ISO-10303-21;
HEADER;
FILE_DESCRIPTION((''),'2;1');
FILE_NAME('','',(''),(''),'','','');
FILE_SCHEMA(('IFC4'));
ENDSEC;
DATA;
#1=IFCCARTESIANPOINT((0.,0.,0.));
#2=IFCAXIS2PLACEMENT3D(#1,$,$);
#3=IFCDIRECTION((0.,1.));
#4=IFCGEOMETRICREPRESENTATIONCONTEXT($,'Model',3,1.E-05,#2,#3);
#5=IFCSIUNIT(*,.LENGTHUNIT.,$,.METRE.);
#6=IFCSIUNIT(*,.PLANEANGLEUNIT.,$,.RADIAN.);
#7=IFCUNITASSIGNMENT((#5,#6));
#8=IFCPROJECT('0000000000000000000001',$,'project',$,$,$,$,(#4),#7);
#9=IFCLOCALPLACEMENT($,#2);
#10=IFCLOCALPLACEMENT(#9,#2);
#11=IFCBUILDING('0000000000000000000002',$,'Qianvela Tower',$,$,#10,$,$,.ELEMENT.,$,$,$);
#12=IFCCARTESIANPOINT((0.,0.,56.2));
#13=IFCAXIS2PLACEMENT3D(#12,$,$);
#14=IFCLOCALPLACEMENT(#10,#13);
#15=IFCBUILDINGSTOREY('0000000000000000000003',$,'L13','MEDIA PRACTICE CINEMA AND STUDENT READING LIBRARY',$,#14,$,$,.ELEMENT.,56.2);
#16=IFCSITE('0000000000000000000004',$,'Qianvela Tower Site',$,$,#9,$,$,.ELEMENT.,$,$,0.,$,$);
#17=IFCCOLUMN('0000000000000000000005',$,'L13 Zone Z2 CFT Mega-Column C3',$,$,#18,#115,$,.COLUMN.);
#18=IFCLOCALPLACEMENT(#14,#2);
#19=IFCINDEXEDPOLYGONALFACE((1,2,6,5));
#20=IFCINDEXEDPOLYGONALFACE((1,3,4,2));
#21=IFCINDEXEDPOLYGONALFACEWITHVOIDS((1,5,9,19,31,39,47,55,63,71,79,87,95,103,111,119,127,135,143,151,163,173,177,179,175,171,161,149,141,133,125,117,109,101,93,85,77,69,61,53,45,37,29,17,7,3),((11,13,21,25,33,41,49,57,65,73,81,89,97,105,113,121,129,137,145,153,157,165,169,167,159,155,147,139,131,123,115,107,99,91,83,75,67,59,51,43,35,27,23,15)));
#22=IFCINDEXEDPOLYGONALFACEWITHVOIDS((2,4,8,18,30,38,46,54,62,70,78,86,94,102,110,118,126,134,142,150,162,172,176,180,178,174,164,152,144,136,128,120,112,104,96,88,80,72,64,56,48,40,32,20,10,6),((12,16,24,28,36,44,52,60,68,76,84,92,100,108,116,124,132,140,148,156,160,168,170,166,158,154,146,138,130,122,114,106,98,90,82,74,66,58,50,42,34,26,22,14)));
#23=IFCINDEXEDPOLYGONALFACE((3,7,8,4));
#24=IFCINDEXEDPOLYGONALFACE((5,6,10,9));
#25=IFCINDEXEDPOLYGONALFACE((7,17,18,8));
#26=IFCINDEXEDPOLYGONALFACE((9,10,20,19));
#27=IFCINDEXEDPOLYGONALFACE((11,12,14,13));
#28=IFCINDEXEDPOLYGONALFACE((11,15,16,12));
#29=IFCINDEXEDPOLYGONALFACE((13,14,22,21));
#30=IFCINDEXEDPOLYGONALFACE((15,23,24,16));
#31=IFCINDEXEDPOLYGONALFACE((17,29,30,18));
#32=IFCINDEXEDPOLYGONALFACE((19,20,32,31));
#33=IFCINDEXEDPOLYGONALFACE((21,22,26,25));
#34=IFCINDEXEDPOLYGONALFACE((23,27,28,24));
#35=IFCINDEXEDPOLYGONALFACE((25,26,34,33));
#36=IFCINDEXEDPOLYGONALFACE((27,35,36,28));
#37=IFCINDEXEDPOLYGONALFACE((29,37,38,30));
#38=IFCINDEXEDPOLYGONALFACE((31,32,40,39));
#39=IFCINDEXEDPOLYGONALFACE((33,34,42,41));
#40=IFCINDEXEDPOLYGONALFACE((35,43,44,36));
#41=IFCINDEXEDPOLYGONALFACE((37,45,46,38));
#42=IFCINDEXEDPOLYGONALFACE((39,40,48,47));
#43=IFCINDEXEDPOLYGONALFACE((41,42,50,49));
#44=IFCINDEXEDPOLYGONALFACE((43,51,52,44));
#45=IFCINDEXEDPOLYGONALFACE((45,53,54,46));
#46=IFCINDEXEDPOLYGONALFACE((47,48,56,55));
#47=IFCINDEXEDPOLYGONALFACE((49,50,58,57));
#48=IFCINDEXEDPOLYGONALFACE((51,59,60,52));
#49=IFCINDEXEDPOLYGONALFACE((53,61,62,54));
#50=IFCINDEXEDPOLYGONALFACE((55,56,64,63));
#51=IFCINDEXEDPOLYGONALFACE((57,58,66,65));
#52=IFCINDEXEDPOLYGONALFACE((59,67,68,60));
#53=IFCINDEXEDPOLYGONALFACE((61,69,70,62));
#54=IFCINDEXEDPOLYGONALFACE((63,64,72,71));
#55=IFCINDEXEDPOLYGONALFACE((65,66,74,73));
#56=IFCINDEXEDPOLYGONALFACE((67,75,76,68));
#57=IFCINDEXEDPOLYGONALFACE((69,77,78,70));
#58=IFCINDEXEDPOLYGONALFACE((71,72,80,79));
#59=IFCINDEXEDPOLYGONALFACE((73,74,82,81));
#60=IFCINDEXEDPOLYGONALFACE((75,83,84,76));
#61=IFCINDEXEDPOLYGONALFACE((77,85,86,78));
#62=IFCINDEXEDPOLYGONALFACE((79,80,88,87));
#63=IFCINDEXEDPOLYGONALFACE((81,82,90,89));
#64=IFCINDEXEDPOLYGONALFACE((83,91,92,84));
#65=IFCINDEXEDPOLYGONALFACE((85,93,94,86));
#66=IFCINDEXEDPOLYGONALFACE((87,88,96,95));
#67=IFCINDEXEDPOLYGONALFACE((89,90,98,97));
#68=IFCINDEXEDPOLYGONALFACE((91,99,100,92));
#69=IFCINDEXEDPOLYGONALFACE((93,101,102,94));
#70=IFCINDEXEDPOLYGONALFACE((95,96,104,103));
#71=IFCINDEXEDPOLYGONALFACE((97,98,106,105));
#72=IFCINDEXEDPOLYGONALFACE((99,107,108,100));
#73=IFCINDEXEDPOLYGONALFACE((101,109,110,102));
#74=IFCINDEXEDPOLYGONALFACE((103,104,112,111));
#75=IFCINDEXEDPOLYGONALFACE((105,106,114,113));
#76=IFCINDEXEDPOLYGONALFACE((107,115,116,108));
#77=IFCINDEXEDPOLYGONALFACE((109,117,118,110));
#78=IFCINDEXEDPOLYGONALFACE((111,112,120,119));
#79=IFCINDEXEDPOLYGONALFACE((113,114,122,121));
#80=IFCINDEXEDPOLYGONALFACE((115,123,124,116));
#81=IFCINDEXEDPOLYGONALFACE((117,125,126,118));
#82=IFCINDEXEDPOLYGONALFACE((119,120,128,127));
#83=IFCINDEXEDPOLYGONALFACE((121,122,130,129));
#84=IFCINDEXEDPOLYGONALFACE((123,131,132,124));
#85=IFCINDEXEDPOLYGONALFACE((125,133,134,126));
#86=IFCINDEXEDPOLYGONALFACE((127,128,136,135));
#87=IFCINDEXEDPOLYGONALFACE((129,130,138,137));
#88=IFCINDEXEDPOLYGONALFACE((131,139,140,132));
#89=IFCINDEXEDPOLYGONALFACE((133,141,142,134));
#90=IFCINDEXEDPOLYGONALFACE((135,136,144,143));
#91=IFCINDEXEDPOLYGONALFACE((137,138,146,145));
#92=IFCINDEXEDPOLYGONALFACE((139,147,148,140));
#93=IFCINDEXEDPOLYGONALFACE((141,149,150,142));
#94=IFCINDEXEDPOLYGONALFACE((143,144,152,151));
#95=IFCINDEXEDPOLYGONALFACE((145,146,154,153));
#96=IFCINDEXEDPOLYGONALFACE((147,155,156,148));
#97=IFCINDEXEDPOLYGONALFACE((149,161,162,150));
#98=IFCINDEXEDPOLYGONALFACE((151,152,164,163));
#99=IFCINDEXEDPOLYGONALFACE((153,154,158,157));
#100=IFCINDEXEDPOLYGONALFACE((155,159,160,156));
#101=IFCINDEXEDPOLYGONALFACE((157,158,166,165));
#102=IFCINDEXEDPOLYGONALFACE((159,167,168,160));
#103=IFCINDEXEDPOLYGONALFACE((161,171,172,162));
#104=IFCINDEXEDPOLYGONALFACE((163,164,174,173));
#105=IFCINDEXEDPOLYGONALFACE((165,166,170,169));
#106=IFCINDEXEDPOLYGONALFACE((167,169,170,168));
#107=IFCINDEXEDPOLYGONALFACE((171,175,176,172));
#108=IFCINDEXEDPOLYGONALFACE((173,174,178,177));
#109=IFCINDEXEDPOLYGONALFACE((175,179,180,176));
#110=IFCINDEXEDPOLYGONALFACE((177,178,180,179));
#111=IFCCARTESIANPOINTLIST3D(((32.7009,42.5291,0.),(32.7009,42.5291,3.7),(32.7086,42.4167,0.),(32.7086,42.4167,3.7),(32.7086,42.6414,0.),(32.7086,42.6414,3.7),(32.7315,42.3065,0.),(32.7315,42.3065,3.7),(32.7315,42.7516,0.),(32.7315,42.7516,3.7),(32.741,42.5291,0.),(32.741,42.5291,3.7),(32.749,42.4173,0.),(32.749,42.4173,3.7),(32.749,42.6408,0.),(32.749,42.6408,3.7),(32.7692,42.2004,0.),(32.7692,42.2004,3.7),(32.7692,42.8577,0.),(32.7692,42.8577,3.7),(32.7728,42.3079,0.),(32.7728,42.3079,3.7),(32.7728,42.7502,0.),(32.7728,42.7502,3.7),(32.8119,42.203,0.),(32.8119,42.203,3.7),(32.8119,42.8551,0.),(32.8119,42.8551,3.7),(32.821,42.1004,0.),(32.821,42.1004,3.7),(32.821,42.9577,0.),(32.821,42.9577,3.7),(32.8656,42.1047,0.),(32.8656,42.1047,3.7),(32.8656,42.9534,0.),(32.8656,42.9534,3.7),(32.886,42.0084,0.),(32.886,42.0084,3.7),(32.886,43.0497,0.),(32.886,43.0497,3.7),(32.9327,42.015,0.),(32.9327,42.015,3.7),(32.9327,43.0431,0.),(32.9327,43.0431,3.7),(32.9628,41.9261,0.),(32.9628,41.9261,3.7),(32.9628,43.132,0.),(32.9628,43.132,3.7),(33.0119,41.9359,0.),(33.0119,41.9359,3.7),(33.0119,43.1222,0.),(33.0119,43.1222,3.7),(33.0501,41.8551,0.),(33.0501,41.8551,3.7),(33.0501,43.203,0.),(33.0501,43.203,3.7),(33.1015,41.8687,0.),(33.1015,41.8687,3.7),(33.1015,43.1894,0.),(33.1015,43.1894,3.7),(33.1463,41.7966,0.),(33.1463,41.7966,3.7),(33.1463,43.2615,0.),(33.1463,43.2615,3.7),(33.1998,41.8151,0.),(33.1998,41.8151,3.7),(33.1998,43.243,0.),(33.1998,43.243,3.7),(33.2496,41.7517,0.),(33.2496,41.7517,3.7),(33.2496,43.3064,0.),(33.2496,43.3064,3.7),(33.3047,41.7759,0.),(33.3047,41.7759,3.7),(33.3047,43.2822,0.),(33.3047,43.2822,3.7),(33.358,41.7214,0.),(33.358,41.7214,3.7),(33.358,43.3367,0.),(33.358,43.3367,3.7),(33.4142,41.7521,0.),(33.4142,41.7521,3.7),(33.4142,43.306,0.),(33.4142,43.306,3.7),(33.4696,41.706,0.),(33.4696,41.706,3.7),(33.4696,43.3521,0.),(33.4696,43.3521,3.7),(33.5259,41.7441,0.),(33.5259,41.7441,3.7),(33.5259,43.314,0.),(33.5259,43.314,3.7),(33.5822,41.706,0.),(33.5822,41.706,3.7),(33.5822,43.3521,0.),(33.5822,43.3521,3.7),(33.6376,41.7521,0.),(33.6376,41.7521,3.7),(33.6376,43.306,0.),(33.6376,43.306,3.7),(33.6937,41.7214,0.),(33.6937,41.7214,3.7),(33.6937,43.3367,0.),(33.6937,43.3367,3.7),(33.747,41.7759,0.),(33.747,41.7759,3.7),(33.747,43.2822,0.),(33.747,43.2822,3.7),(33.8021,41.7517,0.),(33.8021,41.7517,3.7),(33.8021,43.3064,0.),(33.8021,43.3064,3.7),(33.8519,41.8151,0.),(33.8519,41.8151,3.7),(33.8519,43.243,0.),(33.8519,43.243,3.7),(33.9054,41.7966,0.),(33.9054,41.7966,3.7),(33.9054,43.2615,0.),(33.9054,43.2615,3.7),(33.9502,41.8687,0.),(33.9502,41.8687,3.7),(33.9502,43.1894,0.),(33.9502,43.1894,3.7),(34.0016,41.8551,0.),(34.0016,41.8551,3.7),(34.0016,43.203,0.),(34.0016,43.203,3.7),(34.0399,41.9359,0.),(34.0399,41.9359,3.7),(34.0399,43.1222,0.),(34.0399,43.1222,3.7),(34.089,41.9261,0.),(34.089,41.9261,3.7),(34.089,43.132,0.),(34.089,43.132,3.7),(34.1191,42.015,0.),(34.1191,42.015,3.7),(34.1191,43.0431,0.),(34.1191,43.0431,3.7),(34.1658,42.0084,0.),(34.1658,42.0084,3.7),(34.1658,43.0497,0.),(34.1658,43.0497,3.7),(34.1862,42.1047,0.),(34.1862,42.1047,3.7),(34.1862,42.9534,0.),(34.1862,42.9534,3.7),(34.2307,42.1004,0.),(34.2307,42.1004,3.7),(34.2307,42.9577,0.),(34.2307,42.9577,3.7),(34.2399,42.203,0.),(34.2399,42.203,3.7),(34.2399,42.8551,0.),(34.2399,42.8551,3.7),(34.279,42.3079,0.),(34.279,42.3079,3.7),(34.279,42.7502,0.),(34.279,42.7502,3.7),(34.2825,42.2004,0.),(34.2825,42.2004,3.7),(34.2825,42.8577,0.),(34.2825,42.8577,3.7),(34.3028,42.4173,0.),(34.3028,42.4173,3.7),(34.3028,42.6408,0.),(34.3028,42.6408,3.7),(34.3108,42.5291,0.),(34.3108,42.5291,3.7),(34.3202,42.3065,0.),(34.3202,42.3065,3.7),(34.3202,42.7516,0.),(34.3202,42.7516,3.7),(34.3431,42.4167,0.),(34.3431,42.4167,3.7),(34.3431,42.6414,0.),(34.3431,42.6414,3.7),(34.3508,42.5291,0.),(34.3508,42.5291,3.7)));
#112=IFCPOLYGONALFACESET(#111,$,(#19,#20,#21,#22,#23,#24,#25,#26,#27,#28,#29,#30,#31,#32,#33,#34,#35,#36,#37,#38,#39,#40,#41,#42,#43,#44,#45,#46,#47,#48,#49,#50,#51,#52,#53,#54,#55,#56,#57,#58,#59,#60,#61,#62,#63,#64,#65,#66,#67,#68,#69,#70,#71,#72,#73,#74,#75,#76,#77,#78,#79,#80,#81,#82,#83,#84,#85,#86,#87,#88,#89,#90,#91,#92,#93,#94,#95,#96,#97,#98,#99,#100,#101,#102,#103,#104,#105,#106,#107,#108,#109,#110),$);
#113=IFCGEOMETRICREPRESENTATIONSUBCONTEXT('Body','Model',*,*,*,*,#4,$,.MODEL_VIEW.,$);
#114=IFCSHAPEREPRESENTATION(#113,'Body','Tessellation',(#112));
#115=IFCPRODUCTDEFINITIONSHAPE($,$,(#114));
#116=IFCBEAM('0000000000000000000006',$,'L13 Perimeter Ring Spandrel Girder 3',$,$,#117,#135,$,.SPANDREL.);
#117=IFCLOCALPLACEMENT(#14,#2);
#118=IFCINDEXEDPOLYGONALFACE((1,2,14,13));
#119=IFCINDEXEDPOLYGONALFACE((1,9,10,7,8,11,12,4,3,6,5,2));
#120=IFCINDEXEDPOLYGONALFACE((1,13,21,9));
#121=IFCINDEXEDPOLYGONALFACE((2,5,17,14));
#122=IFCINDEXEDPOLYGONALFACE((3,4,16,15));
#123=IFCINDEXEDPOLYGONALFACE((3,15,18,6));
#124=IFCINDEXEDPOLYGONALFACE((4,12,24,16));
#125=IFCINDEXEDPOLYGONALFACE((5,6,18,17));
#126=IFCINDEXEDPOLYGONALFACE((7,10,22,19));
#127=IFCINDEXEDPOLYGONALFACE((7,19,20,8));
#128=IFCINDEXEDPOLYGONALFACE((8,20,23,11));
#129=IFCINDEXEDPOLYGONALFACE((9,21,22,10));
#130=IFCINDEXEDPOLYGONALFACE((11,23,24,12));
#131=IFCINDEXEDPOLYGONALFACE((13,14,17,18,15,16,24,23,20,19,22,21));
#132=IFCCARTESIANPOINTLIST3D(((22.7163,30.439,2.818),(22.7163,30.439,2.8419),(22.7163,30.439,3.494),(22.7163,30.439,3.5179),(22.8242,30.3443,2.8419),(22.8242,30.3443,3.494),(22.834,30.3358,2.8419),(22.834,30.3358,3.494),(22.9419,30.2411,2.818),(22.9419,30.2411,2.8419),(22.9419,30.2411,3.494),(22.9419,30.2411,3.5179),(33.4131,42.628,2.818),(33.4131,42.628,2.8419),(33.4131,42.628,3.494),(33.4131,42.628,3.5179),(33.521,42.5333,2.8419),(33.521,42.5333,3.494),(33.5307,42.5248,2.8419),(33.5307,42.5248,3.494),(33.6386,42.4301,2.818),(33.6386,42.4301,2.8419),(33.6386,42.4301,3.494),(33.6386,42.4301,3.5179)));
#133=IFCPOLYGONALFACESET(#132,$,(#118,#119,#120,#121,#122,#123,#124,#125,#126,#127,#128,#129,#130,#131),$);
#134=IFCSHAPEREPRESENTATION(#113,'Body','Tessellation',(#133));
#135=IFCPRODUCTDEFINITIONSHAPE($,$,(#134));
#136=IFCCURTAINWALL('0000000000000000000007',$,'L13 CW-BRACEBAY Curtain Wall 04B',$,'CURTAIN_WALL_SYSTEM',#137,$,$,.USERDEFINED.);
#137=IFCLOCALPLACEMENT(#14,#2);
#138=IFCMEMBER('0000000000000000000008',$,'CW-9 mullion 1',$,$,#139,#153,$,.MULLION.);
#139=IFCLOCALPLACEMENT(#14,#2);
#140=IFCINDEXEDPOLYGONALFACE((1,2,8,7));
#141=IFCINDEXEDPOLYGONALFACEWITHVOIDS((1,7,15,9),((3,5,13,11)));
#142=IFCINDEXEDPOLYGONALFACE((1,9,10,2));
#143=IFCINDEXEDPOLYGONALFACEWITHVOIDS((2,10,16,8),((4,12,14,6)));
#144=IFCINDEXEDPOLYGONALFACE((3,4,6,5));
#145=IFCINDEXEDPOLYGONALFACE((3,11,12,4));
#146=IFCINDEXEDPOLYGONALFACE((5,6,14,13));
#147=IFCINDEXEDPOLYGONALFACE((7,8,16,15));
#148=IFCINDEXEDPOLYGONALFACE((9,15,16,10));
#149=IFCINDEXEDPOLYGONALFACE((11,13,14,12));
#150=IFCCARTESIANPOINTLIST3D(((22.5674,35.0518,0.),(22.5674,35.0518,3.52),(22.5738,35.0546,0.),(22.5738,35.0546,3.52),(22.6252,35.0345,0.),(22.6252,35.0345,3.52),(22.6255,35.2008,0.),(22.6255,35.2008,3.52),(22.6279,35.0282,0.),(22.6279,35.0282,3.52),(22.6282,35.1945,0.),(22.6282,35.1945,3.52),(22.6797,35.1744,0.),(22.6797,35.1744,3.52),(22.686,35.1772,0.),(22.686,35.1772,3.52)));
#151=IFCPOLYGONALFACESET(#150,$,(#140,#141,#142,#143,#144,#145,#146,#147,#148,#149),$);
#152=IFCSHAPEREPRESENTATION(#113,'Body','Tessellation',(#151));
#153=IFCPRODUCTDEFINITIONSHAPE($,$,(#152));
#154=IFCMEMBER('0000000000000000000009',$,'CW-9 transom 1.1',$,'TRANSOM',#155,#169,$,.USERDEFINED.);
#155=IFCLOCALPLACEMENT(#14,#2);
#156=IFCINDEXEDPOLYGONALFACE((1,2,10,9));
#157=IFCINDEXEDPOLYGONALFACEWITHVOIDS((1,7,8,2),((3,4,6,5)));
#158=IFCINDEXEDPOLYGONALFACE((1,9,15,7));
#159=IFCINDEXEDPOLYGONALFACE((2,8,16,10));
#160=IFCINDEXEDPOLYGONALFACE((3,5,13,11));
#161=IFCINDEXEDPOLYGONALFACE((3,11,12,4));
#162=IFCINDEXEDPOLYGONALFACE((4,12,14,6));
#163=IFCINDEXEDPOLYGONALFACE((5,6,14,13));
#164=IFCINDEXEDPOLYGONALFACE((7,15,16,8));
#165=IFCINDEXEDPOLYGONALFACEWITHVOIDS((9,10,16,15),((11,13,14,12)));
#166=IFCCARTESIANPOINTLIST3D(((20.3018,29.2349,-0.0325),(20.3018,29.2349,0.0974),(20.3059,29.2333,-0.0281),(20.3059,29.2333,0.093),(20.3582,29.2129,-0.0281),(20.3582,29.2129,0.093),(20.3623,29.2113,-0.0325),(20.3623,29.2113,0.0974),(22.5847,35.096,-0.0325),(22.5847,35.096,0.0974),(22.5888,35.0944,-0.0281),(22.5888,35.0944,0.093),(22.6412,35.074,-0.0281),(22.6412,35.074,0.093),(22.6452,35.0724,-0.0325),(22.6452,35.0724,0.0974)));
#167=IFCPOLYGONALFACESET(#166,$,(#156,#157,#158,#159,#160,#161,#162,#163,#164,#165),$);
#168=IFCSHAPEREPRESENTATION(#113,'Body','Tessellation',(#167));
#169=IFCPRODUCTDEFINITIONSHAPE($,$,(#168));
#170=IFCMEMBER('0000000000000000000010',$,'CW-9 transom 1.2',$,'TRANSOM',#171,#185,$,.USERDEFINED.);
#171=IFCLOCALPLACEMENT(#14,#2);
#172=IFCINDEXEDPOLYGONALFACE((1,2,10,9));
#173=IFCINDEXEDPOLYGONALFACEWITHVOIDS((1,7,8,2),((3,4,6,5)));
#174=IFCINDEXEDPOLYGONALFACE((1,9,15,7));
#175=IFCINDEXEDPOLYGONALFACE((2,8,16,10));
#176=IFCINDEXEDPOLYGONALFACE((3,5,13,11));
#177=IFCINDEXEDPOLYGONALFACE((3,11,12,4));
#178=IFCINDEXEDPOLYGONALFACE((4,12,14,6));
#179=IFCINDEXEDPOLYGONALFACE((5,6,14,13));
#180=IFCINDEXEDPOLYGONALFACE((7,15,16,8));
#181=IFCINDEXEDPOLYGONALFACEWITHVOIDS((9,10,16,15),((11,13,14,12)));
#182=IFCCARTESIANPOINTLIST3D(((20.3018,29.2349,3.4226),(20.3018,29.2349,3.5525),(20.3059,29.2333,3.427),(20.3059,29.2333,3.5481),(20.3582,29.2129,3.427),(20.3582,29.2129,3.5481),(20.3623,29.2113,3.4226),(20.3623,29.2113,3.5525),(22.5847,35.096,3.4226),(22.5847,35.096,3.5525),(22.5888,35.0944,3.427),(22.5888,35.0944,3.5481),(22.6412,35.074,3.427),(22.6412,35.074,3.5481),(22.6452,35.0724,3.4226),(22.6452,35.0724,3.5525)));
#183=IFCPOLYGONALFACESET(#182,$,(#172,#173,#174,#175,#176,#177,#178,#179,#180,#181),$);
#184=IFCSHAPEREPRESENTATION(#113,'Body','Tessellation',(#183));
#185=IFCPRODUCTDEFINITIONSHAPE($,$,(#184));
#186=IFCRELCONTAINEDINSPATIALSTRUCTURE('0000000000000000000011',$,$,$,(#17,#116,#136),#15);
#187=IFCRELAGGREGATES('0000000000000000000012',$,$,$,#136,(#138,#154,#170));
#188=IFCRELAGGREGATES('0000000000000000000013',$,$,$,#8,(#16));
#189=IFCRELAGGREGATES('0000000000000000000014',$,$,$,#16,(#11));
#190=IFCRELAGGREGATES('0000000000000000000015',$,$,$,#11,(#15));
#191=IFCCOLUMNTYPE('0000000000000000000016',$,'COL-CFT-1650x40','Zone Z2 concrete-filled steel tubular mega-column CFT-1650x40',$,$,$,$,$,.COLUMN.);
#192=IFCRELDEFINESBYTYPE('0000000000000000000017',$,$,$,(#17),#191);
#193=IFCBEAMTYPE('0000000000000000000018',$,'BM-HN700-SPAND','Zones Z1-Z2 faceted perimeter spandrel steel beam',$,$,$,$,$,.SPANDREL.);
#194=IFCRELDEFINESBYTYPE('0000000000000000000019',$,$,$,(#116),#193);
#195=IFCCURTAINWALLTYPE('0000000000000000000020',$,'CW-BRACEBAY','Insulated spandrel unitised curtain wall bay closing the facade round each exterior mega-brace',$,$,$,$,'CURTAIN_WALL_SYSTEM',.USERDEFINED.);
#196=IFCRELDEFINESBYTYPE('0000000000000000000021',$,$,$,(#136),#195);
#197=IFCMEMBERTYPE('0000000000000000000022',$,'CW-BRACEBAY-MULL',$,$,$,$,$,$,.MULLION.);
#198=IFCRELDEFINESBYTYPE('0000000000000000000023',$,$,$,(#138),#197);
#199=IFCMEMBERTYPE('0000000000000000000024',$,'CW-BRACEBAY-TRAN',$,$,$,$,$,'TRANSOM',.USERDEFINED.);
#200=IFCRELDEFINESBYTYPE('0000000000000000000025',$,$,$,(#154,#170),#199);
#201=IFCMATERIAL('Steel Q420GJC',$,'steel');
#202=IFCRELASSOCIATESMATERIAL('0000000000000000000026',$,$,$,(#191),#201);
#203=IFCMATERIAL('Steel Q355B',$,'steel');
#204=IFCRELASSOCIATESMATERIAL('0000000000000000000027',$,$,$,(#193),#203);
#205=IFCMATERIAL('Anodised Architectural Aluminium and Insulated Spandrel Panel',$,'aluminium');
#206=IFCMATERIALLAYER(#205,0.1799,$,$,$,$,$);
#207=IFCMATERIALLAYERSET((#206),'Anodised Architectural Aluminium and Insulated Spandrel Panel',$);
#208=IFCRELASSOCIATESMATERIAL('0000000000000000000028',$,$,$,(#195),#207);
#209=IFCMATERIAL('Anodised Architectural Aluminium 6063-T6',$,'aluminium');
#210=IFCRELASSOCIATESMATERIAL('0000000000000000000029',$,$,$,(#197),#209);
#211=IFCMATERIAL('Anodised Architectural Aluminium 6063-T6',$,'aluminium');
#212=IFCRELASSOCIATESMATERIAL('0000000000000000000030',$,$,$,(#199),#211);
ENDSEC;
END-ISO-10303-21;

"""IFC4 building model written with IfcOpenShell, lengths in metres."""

from ifc_helpers import new_model, si_unit, direction, frame, origin, origin_2d, place, context, subcontext, project, spatial, hollow_rectangle, hollow_circle, i_section, extrude, material, layer, layer_set, material_profile, profile_set, type_object, element, aggregate, save


model = new_model("IFC4")

# Units and contexts
model_context = context("Model", 3, precision=1e-05, world=origin(), true_north=direction((0.0, 1.0)))
body_context = subcontext(model_context, "Body", "Model", "MODEL_VIEW")
ifc_project = project(units=[si_unit("LENGTHUNIT", "METRE"), si_unit("PLANEANGLEUNIT", "RADIAN")], contexts=[model_context])

# Site, building, storey
site_placement = place(None, origin())
site = spatial("IfcSite", under=ifc_project, at=site_placement, Name="Qianvela Tower Site", CompositionType="ELEMENT", RefElevation=0.0)
building_placement = place(site_placement, origin())
building = spatial("IfcBuilding", under=site, at=building_placement, Name="Qianvela Tower", CompositionType="ELEMENT")
storey_placement = place(building_placement, frame((0.0, 0.0, 56.2)))
storey = spatial("IfcBuildingStorey", under=building, at=storey_placement, Name="L13", Description="MEDIA PRACTICE CINEMA AND STUDENT READING LIBRARY", CompositionType="ELEMENT", Elevation=56.2)

# Column
ifc_material_1 = material(Name="Steel Q420GJC", Category="steel")
ifc_material_profile_1 = material_profile(ifc_material_1, hollow_circle(Radius=0.825, WallThickness=0.04, at=origin_2d()), Name="CFT-1650x40")
ifc_profile_set_1 = profile_set([ifc_material_profile_1], Name="Steel Q420GJC")
column_type = type_object("IfcColumnType", Name="COL-CFT-1650x40", Description="Zone Z2 concrete-filled steel tubular mega-column CFT-1650x40", PredefinedType="COLUMN", material=ifc_profile_set_1)
for number, where, z_axis, x_axis, name in (
    (1, (33.5259, 42.5291, 0.0), (0.0, 0.0, 1.0), (1.0, 0.0, 0.0), "L13 Zone Z2 CFT Mega-Column C3"),
):
    element("IfcColumn", number, at=place(storey_placement, frame(where, z_axis=z_axis, x_axis=x_axis)), inside=storey, type_object=column_type, Name=name, PredefinedType="COLUMN", context=body_context, shape_type="SweptSolid", body=[
        extrude(hollow_circle(Radius=0.825, WallThickness=0.04, at=origin_2d()), origin(), (0.0, 0.0, 1.0), 3.7),
    ])

# Beam
ifc_material_2 = material(Name="Steel Q355B", Category="steel")
ifc_material_profile_2 = material_profile(ifc_material_2, i_section(OverallWidth=0.3, OverallDepth=0.7, WebThickness=0.0129, FlangeThickness=0.0239, at=origin_2d()), Name="HN700x300x13x24")
ifc_profile_set_2 = profile_set([ifc_material_profile_2], Name="Steel Q355B")
beam_type = type_object("IfcBeamType", Name="BM-HN700-SPAND", Description="Zones Z1-Z2 faceted perimeter spandrel steel beam", PredefinedType="SPANDREL", material=ifc_profile_set_2)
beam_placement = place(storey_placement, frame((33.5259, 42.5291, 3.168), z_axis=(-0.659602, -0.751615, 0.0), x_axis=(0.751615, -0.659602, 0.0)))
element("IfcBeam", 2, at=beam_placement, inside=storey, type_object=beam_type, Name="L13 Perimeter Ring Spandrel Girder 3", PredefinedType="SPANDREL", context=body_context, shape_type="SweptSolid", body=[
    extrude(i_section(OverallWidth=0.3, OverallDepth=0.7, WebThickness=0.0129, FlangeThickness=0.0239, at=origin_2d()), origin(), (0.0, 0.0, 1.0), 16.217),
])

# Curtain wall, members
ifc_material_3 = material(Name="Anodised Architectural Aluminium and Insulated Spandrel Panel", Category="aluminium")
ifc_layer_1 = layer(ifc_material_3, 0.1799)
ifc_layer_set_1 = layer_set([ifc_layer_1], Name="Anodised Architectural Aluminium and Insulated Spandrel Panel")
curtain_wall_type_1 = type_object("IfcCurtainWallType", Name="CW-BRACEBAY", Description="Insulated spandrel unitised curtain wall bay closing the facade round each exterior mega-brace", ElementType="CURTAIN_WALL_SYSTEM", PredefinedType="USERDEFINED", material=ifc_layer_set_1)
curtain_wall_1_placement = place(storey_placement, origin())
curtain_wall_1 = element("IfcCurtainWall", 3, at=curtain_wall_1_placement, inside=storey, type_object=curtain_wall_type_1, Name="L13 CW-BRACEBAY Curtain Wall 04B", ObjectType="CURTAIN_WALL_SYSTEM", PredefinedType="USERDEFINED")
ifc_material_4 = material(Name="Anodised Architectural Aluminium 6063-T6", Category="aluminium")
ifc_material_profile_3 = material_profile(ifc_material_4, hollow_rectangle(XDim=0.0649, YDim=0.1599, WallThickness=0.0049, at=origin_2d()), Name="ALU-MULL-65x160")
ifc_profile_set_3 = profile_set([ifc_material_profile_3], Name="Anodised Architectural Aluminium 6063-T6")
member_type_1 = type_object("IfcMemberType", Name="CW-BRACEBAY-MULL", PredefinedType="MULLION", material=ifc_profile_set_3)
member_1_placement = place(storey_placement, frame((22.6267, 35.1145, 0.0), z_axis=(0.0, 0.0, 1.0), x_axis=(0.931818, -0.362927, 0.0)))
member_1 = element("IfcMember", 4, at=member_1_placement, type_object=member_type_1, Name="CW-9 mullion 1", PredefinedType="MULLION", context=body_context, shape_type="SweptSolid", body=[
    extrude(hollow_rectangle(XDim=0.0649, YDim=0.1599, WallThickness=0.0049, at=origin_2d()), origin(), (0.0, 0.0, 1.0), 3.52),
])
ifc_material_5 = material(Name="Anodised Architectural Aluminium 6063-T6", Category="aluminium")
ifc_material_profile_4 = material_profile(ifc_material_5, hollow_rectangle(XDim=0.0649, YDim=0.1299, WallThickness=0.0044, at=origin_2d()), Name="ALU-TRAN-65x130")
ifc_profile_set_4 = profile_set([ifc_material_profile_4], Name="Anodised Architectural Aluminium 6063-T6")
member_type_2 = type_object("IfcMemberType", Name="CW-BRACEBAY-TRAN", ElementType="TRANSOM", PredefinedType="USERDEFINED", material=ifc_profile_set_4)
member_2_placement = place(storey_placement, frame((22.615, 35.0842, 0.0325), z_axis=(-0.36295, -0.931809, 0.0), x_axis=(0.931809, -0.36295, 0.0)))
member_2 = element("IfcMember", 5, at=member_2_placement, type_object=member_type_2, Name="CW-9 transom 1.1", ObjectType="TRANSOM", PredefinedType="USERDEFINED", context=body_context, shape_type="SweptSolid", body=[
    extrude(hollow_rectangle(XDim=0.0649, YDim=0.1299, WallThickness=0.0044, at=origin_2d()), origin(), (0.0, 0.0, 1.0), 6.29),
])
member_3_placement = place(storey_placement, frame((22.615, 35.0842, 3.4875), z_axis=(-0.36295, -0.931809, 0.0), x_axis=(0.931809, -0.36295, 0.0)))
member_3 = element("IfcMember", 6, at=member_3_placement, type_object=member_type_2, Name="CW-9 transom 1.2", ObjectType="TRANSOM", PredefinedType="USERDEFINED", context=body_context, shape_type="SweptSolid", body=[
    extrude(hollow_rectangle(XDim=0.0649, YDim=0.1299, WallThickness=0.0044, at=origin_2d()), origin(), (0.0, 0.0, 1.0), 6.29),
])
aggregate(curtain_wall_1, [member_1, member_2, member_3])

save(model, "model.ifc")
